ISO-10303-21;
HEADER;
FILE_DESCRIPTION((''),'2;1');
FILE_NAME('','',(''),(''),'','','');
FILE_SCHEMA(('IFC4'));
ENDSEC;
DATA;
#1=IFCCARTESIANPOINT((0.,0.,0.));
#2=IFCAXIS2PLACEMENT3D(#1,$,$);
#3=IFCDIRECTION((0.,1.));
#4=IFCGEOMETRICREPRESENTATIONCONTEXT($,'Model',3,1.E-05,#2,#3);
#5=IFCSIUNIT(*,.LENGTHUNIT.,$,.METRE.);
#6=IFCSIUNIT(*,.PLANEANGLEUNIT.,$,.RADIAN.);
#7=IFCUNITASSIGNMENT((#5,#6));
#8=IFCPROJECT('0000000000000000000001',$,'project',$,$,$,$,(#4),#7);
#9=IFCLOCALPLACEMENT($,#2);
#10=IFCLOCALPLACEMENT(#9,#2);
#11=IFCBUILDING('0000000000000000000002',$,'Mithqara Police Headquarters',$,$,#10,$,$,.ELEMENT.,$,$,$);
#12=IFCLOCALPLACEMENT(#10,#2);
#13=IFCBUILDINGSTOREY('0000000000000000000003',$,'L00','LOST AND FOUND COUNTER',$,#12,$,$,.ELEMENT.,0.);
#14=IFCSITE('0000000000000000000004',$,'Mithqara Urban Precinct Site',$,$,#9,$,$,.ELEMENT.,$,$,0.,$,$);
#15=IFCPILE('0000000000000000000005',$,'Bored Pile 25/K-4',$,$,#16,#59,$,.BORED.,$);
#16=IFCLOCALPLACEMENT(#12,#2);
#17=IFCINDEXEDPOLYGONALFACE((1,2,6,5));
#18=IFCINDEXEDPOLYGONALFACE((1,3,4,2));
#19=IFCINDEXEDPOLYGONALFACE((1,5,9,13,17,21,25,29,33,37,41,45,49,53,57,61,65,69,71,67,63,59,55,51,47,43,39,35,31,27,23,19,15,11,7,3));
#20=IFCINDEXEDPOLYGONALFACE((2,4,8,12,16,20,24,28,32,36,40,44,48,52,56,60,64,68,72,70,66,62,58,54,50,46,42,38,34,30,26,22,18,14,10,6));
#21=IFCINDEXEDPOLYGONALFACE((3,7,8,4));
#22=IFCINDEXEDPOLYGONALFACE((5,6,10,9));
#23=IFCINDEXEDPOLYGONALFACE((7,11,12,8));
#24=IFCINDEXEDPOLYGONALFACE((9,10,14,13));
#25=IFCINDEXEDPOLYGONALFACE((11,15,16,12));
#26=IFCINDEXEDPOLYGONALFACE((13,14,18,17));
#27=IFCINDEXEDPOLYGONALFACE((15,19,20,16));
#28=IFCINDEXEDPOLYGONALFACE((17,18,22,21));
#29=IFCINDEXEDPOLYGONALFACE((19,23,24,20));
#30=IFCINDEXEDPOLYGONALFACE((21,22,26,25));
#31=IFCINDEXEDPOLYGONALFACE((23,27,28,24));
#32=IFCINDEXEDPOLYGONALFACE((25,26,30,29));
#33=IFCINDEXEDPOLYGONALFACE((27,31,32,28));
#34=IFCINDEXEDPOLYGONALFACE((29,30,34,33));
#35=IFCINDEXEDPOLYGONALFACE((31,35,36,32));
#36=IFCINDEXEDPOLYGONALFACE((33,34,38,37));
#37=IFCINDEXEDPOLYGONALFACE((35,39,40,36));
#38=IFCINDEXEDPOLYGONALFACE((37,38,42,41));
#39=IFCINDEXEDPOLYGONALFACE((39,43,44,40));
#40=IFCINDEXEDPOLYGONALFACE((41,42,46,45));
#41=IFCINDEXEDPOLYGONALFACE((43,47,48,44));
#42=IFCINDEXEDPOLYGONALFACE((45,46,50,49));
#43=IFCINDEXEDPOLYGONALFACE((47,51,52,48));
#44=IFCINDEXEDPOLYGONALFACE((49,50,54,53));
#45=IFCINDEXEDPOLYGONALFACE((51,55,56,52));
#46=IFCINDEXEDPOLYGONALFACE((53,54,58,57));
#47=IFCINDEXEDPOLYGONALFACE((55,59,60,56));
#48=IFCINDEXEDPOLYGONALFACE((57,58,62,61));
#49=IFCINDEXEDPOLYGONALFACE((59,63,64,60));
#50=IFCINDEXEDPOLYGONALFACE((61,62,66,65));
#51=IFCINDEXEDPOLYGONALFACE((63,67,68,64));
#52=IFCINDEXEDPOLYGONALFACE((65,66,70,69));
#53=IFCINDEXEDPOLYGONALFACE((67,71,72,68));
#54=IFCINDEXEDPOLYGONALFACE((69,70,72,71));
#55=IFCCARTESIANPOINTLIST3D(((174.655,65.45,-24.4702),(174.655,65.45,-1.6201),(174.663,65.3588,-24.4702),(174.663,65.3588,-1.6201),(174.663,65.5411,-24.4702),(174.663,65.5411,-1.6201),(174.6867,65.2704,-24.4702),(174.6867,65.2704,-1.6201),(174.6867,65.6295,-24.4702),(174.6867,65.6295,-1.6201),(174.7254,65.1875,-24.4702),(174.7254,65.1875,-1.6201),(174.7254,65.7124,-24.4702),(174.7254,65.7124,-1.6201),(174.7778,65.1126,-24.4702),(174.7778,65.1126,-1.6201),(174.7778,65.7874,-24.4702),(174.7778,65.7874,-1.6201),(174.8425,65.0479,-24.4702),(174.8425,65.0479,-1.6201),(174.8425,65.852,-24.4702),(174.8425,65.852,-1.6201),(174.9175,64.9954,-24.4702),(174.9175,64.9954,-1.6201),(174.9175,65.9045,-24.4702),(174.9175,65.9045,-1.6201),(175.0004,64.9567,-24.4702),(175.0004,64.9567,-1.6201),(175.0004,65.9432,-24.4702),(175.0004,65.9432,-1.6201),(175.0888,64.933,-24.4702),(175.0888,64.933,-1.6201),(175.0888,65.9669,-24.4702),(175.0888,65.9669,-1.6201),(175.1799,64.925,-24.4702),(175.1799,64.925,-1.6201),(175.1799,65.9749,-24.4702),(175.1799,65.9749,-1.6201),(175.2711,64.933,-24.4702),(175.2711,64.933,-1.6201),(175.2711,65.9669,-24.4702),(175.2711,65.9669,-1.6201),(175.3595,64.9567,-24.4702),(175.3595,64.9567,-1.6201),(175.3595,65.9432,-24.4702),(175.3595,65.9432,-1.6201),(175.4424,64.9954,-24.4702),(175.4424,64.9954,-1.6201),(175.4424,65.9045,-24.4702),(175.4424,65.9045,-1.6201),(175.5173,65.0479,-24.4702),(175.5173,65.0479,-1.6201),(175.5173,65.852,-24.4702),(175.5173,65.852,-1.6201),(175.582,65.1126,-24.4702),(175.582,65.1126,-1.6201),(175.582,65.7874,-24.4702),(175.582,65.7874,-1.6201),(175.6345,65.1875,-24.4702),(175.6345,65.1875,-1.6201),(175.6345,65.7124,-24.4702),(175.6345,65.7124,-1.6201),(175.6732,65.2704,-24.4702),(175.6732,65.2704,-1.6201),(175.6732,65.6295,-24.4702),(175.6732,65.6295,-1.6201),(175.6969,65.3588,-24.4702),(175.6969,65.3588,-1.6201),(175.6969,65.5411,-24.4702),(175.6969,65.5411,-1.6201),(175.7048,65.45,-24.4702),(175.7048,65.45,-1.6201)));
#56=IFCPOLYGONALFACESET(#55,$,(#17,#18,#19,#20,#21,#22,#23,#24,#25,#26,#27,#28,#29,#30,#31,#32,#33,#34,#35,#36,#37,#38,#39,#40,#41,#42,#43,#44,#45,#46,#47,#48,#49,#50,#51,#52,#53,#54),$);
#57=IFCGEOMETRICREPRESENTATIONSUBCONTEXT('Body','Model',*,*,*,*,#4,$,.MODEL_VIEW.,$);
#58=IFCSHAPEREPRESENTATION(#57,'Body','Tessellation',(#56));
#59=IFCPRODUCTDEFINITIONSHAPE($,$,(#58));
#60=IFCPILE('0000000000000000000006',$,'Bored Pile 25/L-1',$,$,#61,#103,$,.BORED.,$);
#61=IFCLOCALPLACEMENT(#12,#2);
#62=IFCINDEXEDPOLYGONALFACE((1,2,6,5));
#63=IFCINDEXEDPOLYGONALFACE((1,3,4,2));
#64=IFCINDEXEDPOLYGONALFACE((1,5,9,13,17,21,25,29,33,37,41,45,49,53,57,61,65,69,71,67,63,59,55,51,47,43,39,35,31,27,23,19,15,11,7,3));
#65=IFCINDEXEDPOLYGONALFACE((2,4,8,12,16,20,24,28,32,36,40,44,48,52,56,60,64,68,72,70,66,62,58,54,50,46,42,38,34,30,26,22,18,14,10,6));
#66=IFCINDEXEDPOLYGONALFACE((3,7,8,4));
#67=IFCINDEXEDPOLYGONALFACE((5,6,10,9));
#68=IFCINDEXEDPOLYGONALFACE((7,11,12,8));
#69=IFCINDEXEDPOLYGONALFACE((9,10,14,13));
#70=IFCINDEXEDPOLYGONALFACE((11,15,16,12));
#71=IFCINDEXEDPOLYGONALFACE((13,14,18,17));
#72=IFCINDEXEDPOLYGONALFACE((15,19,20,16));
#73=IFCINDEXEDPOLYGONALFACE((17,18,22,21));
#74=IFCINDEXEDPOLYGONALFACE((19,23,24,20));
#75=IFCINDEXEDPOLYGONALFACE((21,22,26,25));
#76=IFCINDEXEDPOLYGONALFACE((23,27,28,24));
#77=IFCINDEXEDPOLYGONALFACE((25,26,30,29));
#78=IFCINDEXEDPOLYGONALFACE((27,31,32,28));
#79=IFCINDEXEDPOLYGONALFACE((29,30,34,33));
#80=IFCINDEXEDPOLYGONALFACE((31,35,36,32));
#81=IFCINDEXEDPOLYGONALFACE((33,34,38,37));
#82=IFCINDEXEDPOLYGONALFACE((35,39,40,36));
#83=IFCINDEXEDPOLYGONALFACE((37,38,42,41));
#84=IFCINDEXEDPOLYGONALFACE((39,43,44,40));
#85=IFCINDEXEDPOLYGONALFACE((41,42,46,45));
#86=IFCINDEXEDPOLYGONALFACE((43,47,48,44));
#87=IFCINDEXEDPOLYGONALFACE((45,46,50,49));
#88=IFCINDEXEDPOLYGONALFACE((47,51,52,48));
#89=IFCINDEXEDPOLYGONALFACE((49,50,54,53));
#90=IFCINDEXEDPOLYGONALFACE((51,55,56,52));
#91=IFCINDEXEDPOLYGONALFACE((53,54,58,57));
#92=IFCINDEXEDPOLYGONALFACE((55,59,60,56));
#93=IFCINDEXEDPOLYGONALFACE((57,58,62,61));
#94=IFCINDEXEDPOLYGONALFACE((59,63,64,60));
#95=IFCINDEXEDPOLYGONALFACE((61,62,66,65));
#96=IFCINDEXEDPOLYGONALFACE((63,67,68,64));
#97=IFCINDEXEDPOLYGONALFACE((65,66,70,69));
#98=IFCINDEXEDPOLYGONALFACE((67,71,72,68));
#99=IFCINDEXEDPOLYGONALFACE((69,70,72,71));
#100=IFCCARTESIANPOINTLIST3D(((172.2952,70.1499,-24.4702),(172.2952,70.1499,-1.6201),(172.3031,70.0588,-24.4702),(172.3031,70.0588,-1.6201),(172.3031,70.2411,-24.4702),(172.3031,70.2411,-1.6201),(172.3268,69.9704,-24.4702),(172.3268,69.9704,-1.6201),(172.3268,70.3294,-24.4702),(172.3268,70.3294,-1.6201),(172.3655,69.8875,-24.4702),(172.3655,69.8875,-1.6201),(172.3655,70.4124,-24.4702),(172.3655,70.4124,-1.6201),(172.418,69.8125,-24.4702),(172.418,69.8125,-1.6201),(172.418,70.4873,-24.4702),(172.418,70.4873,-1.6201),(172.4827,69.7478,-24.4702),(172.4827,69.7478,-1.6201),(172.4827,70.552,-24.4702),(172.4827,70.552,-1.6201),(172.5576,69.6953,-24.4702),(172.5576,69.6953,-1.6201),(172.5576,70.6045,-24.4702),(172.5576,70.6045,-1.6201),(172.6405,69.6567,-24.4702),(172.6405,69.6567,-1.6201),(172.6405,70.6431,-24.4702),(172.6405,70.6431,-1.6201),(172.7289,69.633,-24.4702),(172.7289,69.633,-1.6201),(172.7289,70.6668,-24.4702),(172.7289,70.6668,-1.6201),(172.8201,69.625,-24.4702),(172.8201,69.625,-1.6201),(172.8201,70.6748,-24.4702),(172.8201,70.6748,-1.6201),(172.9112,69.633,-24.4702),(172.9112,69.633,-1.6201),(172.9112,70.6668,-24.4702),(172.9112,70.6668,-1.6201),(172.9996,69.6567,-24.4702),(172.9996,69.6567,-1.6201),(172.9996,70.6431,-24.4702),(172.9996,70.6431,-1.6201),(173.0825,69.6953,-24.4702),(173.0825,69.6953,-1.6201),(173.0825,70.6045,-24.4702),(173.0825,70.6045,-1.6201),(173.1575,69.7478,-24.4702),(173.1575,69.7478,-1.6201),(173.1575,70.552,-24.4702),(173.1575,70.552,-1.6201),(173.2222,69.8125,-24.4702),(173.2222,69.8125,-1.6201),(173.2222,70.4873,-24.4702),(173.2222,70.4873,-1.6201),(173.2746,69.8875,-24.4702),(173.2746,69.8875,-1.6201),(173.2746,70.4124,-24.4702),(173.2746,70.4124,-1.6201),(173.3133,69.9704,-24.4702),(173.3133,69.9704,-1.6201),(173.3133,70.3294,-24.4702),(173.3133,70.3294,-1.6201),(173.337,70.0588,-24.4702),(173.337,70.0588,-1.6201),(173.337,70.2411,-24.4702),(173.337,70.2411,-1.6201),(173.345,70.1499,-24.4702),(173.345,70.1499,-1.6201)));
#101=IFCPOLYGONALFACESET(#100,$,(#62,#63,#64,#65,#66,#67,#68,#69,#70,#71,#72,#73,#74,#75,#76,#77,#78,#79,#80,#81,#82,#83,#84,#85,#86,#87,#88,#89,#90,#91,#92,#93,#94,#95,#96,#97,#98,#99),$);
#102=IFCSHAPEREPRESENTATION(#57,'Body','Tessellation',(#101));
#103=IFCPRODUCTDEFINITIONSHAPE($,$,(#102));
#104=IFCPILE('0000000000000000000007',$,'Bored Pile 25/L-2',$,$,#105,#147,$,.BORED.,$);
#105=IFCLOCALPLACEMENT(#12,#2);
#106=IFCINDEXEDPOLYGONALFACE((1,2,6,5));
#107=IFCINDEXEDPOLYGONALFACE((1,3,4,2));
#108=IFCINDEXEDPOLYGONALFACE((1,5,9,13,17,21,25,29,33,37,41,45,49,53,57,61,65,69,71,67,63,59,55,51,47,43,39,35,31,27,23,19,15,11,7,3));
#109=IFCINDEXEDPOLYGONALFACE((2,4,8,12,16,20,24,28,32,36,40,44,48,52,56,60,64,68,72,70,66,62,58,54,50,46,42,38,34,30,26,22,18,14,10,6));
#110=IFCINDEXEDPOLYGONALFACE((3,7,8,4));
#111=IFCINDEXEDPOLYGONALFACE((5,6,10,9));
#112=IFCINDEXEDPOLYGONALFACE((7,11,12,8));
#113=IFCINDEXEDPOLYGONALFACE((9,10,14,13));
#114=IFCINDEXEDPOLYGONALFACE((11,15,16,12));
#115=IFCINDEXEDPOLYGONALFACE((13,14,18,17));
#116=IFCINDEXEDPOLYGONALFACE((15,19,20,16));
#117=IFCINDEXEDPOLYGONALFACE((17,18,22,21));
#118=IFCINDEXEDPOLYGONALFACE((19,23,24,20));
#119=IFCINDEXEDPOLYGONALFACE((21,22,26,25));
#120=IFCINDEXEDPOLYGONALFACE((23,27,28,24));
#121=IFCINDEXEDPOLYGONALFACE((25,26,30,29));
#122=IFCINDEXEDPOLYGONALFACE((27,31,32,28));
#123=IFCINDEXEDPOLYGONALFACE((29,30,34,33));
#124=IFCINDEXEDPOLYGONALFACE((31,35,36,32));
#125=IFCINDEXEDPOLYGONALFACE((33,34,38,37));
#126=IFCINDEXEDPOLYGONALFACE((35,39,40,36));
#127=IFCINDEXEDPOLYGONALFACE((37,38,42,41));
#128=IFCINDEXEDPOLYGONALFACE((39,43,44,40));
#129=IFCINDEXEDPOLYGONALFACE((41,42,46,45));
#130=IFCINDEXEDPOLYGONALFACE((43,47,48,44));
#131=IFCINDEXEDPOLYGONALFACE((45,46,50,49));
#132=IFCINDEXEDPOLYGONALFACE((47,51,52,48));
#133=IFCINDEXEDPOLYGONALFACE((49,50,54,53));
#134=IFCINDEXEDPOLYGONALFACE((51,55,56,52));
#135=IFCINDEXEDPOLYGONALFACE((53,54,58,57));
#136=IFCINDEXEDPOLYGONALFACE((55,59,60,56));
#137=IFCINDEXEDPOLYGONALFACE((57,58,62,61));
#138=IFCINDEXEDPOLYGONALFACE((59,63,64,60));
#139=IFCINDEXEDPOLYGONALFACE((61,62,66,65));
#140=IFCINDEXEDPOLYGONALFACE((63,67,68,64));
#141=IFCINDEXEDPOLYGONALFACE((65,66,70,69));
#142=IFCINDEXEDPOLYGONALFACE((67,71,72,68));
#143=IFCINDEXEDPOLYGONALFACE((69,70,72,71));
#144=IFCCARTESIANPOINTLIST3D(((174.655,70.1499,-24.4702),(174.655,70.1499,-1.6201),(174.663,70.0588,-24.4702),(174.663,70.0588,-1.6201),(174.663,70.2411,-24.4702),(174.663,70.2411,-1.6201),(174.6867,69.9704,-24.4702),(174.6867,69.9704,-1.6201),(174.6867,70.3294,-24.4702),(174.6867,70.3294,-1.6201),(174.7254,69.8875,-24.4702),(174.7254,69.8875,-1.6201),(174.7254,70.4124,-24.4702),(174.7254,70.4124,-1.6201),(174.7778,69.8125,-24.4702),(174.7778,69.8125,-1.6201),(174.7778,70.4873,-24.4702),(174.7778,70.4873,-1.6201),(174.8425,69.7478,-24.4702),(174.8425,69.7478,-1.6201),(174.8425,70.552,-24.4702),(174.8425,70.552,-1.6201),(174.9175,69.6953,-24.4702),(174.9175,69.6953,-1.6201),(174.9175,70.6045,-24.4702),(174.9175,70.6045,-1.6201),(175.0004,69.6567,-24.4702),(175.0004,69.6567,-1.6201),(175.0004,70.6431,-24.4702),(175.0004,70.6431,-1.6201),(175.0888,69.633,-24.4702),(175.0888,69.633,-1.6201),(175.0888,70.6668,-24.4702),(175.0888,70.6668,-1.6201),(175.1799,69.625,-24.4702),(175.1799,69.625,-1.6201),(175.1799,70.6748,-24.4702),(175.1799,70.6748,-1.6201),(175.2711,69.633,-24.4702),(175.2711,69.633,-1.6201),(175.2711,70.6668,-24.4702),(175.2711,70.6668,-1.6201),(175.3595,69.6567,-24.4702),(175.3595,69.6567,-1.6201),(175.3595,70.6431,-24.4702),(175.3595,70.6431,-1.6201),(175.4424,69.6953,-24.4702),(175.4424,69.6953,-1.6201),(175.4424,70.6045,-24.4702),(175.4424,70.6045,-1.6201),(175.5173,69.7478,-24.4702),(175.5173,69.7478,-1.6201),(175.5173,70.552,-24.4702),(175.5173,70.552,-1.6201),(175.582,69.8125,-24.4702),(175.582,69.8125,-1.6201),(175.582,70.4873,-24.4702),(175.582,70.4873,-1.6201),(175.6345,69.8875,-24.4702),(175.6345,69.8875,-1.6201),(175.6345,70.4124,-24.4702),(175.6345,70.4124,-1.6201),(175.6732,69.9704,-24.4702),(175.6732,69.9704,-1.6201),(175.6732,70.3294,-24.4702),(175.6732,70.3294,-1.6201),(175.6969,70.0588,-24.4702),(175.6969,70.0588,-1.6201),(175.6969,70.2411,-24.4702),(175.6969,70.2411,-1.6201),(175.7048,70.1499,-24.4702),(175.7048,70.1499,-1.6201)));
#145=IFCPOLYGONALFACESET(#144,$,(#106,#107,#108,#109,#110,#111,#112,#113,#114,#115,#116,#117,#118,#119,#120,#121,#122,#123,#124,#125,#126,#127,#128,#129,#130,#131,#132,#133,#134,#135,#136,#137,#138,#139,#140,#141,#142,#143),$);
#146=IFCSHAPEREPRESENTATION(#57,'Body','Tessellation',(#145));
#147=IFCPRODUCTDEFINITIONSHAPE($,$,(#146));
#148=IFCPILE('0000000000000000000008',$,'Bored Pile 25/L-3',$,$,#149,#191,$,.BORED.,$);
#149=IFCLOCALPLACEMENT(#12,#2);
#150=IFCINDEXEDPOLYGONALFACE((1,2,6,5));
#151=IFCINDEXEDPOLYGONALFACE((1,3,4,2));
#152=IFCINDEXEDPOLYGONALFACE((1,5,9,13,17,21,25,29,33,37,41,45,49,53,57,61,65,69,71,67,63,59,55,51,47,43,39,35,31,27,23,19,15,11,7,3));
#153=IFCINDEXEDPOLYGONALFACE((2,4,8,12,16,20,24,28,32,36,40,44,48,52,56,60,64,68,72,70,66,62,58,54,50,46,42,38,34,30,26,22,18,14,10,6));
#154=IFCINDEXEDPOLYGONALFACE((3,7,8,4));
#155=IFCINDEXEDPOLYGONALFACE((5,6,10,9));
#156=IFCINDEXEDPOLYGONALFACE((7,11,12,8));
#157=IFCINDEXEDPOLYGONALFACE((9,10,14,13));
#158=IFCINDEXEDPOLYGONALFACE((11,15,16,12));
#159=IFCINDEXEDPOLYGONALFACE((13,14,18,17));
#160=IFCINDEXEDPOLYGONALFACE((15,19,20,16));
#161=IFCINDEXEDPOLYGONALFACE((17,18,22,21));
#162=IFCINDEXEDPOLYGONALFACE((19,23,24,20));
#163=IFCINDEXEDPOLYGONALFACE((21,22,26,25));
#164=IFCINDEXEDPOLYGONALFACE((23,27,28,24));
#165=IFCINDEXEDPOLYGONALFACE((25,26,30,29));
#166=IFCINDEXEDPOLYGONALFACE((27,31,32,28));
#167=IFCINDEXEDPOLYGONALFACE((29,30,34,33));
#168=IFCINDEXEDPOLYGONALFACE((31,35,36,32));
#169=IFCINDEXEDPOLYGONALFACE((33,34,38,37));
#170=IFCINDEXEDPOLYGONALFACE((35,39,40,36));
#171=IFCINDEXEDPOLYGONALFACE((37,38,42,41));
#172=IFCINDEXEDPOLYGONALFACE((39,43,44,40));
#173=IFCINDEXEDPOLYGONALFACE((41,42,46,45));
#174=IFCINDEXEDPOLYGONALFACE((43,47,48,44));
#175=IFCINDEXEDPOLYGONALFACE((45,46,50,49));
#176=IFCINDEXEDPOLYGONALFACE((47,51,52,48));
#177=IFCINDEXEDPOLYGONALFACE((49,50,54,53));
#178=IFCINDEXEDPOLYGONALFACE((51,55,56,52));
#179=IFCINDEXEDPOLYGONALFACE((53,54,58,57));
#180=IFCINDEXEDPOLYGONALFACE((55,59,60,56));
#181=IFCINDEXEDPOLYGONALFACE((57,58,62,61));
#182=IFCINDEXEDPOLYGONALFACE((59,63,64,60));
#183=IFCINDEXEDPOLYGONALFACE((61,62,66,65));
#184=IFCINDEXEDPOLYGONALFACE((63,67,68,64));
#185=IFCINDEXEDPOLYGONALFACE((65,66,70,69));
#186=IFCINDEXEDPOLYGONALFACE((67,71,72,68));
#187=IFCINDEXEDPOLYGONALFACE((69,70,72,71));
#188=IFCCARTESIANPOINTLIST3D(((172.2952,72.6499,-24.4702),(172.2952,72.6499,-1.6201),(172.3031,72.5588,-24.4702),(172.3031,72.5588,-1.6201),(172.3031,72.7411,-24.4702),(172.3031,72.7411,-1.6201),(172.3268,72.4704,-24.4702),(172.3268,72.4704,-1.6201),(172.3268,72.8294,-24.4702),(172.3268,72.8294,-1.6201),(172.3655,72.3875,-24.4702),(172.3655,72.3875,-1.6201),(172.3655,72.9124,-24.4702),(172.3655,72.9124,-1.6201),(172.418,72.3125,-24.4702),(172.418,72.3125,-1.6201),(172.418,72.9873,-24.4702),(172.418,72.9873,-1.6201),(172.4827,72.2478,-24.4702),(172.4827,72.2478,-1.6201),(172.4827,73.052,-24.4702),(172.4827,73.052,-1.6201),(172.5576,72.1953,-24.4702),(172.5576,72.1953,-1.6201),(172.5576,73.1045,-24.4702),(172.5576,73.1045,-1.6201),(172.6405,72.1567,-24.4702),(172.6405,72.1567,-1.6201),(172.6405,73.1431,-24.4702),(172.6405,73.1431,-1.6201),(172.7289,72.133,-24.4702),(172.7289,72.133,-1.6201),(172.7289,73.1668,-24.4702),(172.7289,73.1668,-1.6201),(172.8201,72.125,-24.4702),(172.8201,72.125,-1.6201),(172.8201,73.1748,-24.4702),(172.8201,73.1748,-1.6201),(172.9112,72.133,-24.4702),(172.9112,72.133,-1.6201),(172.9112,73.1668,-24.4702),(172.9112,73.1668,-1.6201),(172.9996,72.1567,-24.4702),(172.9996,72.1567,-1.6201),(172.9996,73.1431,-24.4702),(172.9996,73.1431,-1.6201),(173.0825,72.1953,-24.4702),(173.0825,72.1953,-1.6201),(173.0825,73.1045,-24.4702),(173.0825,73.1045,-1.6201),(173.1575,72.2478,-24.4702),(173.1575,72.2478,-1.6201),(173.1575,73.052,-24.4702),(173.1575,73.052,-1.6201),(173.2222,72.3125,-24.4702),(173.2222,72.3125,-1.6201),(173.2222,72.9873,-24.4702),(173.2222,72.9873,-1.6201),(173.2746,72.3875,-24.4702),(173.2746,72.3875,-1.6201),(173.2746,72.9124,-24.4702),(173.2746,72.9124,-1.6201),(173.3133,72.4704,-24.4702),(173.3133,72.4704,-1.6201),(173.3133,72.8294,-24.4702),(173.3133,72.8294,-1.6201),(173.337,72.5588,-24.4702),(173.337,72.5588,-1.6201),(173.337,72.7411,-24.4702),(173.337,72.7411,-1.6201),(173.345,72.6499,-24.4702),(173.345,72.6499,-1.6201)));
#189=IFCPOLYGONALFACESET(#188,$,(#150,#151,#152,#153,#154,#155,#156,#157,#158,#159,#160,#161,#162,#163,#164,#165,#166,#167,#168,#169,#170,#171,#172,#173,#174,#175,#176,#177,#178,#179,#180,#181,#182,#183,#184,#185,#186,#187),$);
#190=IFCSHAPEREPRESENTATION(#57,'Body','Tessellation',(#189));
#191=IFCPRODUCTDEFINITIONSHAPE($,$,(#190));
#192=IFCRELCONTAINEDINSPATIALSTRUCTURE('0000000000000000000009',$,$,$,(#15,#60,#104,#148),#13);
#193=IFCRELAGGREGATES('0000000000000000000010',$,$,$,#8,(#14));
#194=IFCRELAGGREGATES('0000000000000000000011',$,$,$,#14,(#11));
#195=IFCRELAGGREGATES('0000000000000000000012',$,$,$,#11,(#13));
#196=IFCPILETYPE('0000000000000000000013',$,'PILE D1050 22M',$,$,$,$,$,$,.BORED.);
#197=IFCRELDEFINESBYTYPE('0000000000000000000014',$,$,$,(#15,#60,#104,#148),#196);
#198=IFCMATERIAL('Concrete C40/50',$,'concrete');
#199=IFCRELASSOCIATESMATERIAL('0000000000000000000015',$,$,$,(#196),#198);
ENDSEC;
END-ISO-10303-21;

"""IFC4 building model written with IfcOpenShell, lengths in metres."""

from ifc_helpers import new_model, si_unit, direction, frame, origin, origin_2d, place, context, subcontext, project, spatial, circle, extrude, material, material_profile, profile_set, type_object, element, save


model = new_model("IFC4")

# Units and contexts
model_context = context("Model", 3, precision=1e-05, world=origin(), true_north=direction((0.0, 1.0)))
body_context = subcontext(model_context, "Body", "Model", "MODEL_VIEW")
ifc_project = project(units=[si_unit("LENGTHUNIT", "METRE"), si_unit("PLANEANGLEUNIT", "RADIAN")], contexts=[model_context])

# Site, building, storey
site_placement = place(None, origin())
site = spatial("IfcSite", under=ifc_project, at=site_placement, Name="Mithqara Urban Precinct Site", CompositionType="ELEMENT", RefElevation=0.0)
building_placement = place(site_placement, origin())
building = spatial("IfcBuilding", under=site, at=building_placement, Name="Mithqara Police Headquarters", CompositionType="ELEMENT")
storey_placement = place(building_placement, origin())
storey = spatial("IfcBuildingStorey", under=building, at=storey_placement, Name="L00", Description="LOST AND FOUND COUNTER", CompositionType="ELEMENT", Elevation=0.0)

# Shared definitions
ifc_material_1 = material(Name="Concrete C40/50", Category="concrete")

# Piles
ifc_material_profile_1 = material_profile(ifc_material_1, circle(Radius=0.5249, at=origin_2d()), Name="PILE D1050")
ifc_profile_set_1 = profile_set([ifc_material_profile_1], Name="Concrete C40/50")
pile_type = type_object("IfcPileType", Name="PILE D1050 22M", PredefinedType="BORED", material=ifc_profile_set_1)
for number, where, z_axis, x_axis, name in (
    (1, (175.1799, 65.45, -1.6201), (0.0, 0.0, -1.0), (1.0, 0.0, 0.0), "Bored Pile 25/K-4"),
    (2, (172.8201, 70.1499, -1.6201), (0.0, 0.0, -1.0), (1.0, 0.0, 0.0), "Bored Pile 25/L-1"),
    (3, (175.1799, 70.1499, -1.6201), (0.0, 0.0, -1.0), (1.0, 0.0, 0.0), "Bored Pile 25/L-2"),
    (4, (172.8201, 72.6499, -1.6201), (0.0, 0.0, -1.0), (1.0, 0.0, 0.0), "Bored Pile 25/L-3"),
):
    element("IfcPile", number, at=place(storey_placement, frame(where, z_axis=z_axis, x_axis=x_axis)), inside=storey, type_object=pile_type, Name=name, PredefinedType="BORED", context=body_context, shape_type="SweptSolid", body=[
        extrude(circle(Radius=0.5249, at=origin_2d()), origin(), (0.0, 0.0, 1.0), 22.8501),
    ])

save(model, "model.ifc")
